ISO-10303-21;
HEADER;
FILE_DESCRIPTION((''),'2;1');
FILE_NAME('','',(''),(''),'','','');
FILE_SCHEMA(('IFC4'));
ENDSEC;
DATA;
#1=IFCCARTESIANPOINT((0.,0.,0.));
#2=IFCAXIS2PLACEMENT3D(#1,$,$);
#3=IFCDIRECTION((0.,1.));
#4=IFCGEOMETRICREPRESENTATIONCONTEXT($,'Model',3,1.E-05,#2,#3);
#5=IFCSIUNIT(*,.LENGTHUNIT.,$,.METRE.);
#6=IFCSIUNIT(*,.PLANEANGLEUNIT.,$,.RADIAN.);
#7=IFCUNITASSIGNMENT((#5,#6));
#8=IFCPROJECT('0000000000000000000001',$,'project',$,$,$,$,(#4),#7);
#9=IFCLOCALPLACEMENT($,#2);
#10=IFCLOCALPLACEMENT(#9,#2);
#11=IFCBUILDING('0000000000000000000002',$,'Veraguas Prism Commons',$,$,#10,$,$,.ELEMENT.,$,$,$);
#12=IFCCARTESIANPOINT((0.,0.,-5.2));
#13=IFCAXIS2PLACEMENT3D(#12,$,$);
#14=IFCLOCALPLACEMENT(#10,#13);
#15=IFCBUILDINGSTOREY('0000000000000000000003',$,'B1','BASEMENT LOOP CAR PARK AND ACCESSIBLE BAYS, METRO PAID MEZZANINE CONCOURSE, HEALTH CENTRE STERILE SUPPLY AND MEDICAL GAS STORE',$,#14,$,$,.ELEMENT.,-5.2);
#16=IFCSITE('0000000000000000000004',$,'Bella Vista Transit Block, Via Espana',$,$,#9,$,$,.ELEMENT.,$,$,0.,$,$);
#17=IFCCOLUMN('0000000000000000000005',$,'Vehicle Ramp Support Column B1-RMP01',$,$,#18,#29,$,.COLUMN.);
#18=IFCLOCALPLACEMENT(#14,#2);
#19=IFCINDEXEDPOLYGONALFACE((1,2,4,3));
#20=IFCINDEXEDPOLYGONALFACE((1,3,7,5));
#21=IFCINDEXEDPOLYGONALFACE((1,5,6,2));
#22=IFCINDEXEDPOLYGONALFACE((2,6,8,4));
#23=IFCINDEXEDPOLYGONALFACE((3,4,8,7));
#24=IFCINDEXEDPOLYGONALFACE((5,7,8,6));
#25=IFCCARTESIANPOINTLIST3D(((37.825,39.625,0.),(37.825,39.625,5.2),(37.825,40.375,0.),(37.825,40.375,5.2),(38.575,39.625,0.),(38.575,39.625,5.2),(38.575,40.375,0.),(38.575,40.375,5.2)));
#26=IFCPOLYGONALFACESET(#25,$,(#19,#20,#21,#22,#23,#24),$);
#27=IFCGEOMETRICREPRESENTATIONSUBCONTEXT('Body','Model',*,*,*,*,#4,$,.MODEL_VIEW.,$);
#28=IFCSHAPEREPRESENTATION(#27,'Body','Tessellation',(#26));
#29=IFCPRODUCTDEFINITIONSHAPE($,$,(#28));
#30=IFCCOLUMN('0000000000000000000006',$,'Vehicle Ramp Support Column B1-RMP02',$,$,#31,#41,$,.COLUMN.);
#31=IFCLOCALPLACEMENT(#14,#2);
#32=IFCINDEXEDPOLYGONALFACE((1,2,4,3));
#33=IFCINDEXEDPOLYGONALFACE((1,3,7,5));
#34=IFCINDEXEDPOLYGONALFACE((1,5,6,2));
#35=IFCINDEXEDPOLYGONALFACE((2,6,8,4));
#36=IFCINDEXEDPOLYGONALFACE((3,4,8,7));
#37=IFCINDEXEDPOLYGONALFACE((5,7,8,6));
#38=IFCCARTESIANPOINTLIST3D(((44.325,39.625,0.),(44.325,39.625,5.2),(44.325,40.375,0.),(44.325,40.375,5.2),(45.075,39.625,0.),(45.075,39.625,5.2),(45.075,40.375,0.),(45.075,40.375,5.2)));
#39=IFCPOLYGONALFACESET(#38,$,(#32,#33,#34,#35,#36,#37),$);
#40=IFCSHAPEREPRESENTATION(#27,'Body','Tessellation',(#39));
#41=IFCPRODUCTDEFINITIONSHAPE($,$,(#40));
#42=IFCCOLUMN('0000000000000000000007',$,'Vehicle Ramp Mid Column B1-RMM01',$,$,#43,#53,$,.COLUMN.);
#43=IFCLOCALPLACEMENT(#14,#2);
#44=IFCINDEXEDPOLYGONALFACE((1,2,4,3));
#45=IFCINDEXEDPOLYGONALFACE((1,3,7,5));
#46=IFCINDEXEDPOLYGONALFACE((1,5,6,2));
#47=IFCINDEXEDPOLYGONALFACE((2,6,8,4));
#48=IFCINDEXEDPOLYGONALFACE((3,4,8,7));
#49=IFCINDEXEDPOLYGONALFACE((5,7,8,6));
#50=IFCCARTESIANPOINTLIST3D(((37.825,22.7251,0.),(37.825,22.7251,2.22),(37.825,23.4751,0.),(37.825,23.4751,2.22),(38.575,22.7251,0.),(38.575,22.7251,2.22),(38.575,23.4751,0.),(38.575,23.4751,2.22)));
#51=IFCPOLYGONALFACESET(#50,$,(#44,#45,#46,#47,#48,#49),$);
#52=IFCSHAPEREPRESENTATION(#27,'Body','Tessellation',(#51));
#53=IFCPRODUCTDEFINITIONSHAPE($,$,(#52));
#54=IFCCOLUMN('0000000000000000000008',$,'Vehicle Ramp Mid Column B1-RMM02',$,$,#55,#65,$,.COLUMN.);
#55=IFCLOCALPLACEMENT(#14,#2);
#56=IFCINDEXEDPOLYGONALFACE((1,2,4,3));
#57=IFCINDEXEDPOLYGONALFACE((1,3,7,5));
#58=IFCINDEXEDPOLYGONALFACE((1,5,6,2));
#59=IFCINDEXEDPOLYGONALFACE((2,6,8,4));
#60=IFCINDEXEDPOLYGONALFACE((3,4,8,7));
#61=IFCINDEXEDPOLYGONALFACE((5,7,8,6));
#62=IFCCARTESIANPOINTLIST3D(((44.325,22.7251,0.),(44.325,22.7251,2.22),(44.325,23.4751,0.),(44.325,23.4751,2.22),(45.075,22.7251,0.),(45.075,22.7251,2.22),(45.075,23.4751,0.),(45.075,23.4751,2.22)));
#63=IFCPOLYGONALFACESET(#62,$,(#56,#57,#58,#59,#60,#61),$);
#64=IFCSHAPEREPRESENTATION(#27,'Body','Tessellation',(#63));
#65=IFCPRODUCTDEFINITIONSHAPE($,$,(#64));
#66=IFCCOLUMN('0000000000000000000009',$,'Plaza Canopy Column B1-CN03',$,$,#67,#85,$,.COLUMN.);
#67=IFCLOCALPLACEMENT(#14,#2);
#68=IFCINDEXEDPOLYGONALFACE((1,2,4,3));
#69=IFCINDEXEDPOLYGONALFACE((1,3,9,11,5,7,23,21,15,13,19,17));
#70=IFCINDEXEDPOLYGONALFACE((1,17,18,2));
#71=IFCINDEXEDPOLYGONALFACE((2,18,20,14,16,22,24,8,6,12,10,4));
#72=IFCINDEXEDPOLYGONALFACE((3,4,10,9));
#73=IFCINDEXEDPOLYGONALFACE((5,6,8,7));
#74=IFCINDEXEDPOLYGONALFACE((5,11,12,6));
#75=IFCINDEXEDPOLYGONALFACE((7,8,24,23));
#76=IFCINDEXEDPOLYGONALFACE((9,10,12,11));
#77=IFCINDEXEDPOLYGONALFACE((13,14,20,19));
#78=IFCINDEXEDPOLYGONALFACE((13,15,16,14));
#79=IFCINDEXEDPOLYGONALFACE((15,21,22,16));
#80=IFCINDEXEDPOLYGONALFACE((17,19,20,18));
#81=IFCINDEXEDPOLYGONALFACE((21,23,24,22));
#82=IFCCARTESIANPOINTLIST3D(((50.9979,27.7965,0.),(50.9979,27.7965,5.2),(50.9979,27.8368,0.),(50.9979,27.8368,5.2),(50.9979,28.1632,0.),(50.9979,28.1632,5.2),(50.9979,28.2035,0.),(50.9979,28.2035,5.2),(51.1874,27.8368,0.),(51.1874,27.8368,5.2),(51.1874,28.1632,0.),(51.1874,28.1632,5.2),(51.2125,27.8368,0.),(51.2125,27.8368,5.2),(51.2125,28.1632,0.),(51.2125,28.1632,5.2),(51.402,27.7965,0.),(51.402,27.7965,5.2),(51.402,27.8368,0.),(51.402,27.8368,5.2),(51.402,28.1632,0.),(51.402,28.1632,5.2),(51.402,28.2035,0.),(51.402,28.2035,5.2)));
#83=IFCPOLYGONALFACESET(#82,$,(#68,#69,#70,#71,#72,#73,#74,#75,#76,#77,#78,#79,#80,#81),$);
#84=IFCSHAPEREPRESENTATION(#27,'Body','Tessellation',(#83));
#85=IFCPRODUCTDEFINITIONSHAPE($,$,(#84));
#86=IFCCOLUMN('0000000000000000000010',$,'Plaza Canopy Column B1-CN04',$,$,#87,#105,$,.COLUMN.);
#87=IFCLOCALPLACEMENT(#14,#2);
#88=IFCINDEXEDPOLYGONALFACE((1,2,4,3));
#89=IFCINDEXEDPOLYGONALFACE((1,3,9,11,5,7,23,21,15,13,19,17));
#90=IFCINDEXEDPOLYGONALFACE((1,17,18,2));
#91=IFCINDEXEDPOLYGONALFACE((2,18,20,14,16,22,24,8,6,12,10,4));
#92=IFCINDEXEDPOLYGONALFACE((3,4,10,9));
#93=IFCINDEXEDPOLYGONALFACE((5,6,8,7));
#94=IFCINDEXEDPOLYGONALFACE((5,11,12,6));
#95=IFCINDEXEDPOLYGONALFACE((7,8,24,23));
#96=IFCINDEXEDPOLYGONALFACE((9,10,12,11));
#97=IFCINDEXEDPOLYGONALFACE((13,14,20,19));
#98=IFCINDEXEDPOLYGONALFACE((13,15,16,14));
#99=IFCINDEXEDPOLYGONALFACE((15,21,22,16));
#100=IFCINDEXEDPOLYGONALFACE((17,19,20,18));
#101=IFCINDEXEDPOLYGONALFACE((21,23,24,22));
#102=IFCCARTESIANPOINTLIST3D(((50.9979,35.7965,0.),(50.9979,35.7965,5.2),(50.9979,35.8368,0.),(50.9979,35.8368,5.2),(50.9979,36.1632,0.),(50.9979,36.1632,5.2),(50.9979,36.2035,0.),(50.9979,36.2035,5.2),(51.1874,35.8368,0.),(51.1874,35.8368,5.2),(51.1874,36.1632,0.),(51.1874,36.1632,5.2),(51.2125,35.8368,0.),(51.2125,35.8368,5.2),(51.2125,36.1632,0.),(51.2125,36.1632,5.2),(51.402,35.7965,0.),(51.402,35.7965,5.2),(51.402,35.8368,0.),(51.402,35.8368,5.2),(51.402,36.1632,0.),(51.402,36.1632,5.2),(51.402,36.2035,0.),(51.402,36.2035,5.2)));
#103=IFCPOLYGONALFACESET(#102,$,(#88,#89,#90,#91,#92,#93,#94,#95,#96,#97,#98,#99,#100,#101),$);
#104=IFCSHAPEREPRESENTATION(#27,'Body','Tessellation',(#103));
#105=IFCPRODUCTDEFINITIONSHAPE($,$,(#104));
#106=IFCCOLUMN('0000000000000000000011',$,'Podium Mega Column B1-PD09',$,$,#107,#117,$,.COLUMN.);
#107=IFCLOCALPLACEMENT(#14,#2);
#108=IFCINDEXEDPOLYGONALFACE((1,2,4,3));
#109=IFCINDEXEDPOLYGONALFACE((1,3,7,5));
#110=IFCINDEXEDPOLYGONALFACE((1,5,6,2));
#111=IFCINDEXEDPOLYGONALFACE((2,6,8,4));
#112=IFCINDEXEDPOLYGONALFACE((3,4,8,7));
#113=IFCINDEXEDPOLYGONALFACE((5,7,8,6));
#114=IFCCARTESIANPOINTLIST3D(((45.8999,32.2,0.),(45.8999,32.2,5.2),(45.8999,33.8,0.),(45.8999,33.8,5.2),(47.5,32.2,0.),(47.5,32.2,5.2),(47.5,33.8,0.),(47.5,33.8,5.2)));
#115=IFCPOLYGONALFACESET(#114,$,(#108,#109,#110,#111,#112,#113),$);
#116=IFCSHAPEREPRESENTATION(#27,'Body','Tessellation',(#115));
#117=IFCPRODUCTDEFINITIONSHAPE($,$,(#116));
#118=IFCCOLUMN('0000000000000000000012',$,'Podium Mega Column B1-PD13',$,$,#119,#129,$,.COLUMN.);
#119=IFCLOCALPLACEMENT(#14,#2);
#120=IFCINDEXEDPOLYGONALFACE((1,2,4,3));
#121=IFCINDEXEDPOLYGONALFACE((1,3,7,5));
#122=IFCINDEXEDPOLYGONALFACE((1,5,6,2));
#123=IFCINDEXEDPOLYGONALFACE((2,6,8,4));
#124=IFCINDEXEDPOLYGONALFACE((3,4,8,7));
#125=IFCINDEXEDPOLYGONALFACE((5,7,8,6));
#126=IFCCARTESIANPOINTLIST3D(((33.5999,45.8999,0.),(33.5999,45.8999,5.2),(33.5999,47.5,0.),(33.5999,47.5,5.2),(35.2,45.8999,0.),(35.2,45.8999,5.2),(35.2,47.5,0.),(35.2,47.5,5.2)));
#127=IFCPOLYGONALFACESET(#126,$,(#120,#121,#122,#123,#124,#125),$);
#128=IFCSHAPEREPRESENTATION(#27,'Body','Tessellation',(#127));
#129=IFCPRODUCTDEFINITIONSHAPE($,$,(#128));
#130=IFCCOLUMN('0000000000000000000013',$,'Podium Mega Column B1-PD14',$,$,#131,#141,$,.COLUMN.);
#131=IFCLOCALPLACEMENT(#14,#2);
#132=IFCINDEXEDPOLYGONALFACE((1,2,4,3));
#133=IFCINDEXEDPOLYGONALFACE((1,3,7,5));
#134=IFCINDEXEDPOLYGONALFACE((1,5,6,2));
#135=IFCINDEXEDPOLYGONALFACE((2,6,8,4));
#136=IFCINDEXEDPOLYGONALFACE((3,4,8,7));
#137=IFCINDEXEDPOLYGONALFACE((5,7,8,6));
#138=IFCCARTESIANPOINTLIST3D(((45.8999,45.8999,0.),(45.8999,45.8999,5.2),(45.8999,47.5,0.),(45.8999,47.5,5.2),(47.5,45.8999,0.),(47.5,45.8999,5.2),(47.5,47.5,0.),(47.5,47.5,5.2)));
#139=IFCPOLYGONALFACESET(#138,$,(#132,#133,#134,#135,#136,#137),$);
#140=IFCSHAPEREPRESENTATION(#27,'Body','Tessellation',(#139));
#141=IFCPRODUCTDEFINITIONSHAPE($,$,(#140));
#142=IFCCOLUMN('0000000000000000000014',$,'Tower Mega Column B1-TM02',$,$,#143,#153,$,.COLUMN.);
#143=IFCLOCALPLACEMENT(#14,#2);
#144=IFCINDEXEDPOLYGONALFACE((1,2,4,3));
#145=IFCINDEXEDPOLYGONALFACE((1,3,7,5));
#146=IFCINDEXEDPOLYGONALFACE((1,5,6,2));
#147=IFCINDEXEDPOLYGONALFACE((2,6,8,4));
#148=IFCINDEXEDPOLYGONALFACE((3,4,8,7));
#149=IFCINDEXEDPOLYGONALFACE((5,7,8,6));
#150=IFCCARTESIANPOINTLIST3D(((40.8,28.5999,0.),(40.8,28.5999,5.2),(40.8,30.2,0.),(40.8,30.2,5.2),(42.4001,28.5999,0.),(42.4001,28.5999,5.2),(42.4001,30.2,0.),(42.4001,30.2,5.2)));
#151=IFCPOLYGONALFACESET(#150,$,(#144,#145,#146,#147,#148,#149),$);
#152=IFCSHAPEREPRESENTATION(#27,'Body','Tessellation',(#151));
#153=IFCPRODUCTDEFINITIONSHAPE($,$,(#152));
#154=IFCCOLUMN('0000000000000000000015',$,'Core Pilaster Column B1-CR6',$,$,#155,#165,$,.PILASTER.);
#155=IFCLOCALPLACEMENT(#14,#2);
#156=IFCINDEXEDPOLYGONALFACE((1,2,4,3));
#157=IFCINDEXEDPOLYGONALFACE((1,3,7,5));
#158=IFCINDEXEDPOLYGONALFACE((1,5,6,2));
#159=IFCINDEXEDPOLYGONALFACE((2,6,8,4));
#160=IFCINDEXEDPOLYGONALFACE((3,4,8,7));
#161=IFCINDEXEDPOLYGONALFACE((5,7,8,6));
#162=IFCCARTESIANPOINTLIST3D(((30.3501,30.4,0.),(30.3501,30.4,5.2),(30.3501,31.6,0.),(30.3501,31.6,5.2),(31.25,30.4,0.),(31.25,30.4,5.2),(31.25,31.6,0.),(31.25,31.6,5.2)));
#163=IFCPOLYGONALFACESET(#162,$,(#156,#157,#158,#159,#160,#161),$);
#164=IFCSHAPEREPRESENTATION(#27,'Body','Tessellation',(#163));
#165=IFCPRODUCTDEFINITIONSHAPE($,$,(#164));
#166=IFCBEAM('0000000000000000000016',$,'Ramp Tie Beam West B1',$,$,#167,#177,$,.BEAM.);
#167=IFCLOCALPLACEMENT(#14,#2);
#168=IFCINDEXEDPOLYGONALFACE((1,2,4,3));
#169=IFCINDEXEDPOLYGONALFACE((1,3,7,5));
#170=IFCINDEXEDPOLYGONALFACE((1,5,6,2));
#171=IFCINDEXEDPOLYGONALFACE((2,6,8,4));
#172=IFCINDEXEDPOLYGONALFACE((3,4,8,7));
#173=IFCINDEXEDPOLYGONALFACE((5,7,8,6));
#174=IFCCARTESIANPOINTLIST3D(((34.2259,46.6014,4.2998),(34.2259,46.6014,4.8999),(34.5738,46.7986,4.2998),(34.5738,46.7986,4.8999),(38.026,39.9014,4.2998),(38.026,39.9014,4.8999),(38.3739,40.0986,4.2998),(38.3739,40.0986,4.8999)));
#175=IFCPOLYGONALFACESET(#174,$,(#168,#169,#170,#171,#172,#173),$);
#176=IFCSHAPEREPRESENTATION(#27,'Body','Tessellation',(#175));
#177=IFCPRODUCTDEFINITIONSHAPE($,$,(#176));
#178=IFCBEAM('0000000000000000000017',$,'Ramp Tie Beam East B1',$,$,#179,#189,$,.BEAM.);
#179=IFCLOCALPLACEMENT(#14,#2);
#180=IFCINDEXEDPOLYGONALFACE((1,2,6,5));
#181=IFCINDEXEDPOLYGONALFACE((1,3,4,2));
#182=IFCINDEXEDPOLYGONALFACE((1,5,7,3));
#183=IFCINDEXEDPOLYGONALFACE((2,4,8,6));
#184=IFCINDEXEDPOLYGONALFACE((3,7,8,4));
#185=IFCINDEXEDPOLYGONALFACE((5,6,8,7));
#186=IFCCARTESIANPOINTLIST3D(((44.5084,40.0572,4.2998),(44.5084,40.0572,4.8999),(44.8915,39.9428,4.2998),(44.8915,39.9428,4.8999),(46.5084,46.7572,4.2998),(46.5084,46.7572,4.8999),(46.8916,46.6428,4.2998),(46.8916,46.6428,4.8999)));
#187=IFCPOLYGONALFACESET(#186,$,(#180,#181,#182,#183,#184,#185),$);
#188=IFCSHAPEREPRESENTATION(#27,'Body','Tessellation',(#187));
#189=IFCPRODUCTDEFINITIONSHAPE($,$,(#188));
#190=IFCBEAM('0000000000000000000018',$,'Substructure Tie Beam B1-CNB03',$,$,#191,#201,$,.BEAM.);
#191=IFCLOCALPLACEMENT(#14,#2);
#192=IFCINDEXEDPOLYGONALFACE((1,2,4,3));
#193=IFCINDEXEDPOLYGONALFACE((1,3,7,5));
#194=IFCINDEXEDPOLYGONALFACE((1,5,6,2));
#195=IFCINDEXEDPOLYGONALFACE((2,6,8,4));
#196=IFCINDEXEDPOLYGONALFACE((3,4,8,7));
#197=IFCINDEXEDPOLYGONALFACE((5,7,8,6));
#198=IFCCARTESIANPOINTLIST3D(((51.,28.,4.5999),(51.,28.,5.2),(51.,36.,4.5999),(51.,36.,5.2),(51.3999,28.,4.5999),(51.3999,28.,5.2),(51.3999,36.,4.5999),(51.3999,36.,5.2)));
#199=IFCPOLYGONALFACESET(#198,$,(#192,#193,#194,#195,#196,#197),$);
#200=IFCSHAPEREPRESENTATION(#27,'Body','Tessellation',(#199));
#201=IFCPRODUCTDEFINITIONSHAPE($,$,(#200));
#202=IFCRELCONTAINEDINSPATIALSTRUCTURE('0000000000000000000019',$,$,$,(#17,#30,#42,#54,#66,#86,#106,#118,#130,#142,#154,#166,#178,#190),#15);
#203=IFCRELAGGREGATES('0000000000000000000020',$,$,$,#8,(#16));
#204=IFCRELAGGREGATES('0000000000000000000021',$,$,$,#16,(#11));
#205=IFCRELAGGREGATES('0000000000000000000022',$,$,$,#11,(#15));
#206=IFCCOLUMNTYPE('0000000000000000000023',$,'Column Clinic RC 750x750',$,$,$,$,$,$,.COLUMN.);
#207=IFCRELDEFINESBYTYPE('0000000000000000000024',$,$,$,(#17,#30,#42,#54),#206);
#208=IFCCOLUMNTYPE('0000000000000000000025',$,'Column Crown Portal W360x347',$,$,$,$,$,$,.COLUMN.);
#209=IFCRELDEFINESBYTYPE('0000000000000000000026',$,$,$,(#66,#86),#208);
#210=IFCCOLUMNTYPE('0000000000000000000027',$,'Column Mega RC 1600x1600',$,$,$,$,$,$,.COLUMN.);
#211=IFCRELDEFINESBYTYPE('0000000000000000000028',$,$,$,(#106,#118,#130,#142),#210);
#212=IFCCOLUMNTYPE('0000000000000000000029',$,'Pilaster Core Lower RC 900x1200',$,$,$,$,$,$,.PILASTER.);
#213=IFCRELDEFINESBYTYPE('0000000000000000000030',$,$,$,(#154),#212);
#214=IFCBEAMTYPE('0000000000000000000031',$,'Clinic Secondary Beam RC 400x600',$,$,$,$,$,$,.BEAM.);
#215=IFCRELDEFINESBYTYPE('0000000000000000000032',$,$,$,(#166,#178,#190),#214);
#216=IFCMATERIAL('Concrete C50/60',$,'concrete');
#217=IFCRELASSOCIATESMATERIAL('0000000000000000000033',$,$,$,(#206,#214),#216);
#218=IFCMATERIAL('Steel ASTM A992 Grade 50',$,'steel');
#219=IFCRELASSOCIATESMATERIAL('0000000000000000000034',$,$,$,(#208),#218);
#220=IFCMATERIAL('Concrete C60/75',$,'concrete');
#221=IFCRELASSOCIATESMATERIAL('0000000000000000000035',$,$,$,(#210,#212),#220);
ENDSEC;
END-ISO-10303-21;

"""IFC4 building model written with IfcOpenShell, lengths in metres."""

from ifc_helpers import new_model, si_unit, direction, frame, origin, origin_2d, place, context, subcontext, project, spatial, rectangle, i_section, extrude, material, material_profile, profile_set, type_object, element, save


model = new_model("IFC4")

# Units and contexts
model_context = context("Model", 3, precision=1e-05, world=origin(), true_north=direction((0.0, 1.0)))
body_context = subcontext(model_context, "Body", "Model", "MODEL_VIEW")
ifc_project = project(units=[si_unit("LENGTHUNIT", "METRE"), si_unit("PLANEANGLEUNIT", "RADIAN")], contexts=[model_context])

# Site, building, storey
site_placement = place(None, origin())
site = spatial("IfcSite", under=ifc_project, at=site_placement, Name="Bella Vista Transit Block, Via Espana", CompositionType="ELEMENT", RefElevation=0.0)
building_placement = place(site_placement, origin())
building = spatial("IfcBuilding", under=site, at=building_placement, Name="Veraguas Prism Commons", CompositionType="ELEMENT")
storey_placement = place(building_placement, frame((0.0, 0.0, -5.2)))
storey = spatial("IfcBuildingStorey", under=building, at=storey_placement, Name="B1", Description="BASEMENT LOOP CAR PARK AND ACCESSIBLE BAYS, METRO PAID MEZZANINE CONCOURSE, HEALTH CENTRE STERILE SUPPLY AND MEDICAL GAS STORE", CompositionType="ELEMENT", Elevation=-5.2)

# Columns
ifc_material_1 = material(Name="Concrete C50/60", Category="concrete")
ifc_material_profile_1 = material_profile(ifc_material_1, rectangle(XDim=0.75, YDim=0.75, at=origin_2d()), Name="RC750X750")
ifc_profile_set_1 = profile_set([ifc_material_profile_1], Name="Concrete C50/60")
column_type_1 = type_object("IfcColumnType", Name="Column Clinic RC 750x750", PredefinedType="COLUMN", material=ifc_profile_set_1)
for number, where, z_axis, x_axis, name in (
    (1, (38.2, 40.0, 0.0), (0.0, 0.0, 1.0), (1.0, 0.0, 0.0), "Vehicle Ramp Support Column B1-RMP01"),
    (2, (44.7, 40.0, 0.0), (0.0, 0.0, 1.0), (1.0, 0.0, 0.0), "Vehicle Ramp Support Column B1-RMP02"),
):
    element("IfcColumn", number, at=place(storey_placement, frame(where, z_axis=z_axis, x_axis=x_axis)), inside=storey, type_object=column_type_1, Name=name, PredefinedType="COLUMN", context=body_context, shape_type="SweptSolid", body=[
        extrude(rectangle(XDim=0.75, YDim=0.75, at=origin_2d()), origin(), (0.0, 0.0, 1.0), 5.2),
    ])
for number, where, z_axis, x_axis, name in (
    (3, (38.2, 23.1001, 0.0), (0.0, 0.0, 1.0), (1.0, 0.0, 0.0), "Vehicle Ramp Mid Column B1-RMM01"),
    (4, (44.7, 23.1001, 0.0), (0.0, 0.0, 1.0), (1.0, 0.0, 0.0), "Vehicle Ramp Mid Column B1-RMM02"),
):
    element("IfcColumn", number, at=place(storey_placement, frame(where, z_axis=z_axis, x_axis=x_axis)), inside=storey, type_object=column_type_1, Name=name, PredefinedType="COLUMN", context=body_context, shape_type="SweptSolid", body=[
        extrude(rectangle(XDim=0.75, YDim=0.75, at=origin_2d()), origin(), (0.0, 0.0, 1.0), 2.22),
    ])
ifc_material_2 = material(Name="Steel ASTM A992 Grade 50", Category="steel")
ifc_material_profile_2 = material_profile(ifc_material_2, i_section(OverallWidth=0.4041, OverallDepth=0.407, WebThickness=0.0251, FlangeThickness=0.0403, at=origin_2d()), Name="W360X347")
ifc_profile_set_2 = profile_set([ifc_material_profile_2], Name="Steel ASTM A992 Grade 50")
column_type_2 = type_object("IfcColumnType", Name="Column Crown Portal W360x347", PredefinedType="COLUMN", material=ifc_profile_set_2)
for number, where, z_axis, x_axis, name in (
    (5, (51.2, 28.0, 0.0), (0.0, 0.0, 1.0), (1.0, 0.0, 0.0), "Plaza Canopy Column B1-CN03"),
    (6, (51.2, 36.0, 0.0), (0.0, 0.0, 1.0), (1.0, 0.0, 0.0), "Plaza Canopy Column B1-CN04"),
):
    element("IfcColumn", number, at=place(storey_placement, frame(where, z_axis=z_axis, x_axis=x_axis)), inside=storey, type_object=column_type_2, Name=name, PredefinedType="COLUMN", context=body_context, shape_type="SweptSolid", body=[
        extrude(i_section(OverallWidth=0.4041, OverallDepth=0.407, WebThickness=0.0251, FlangeThickness=0.0403, at=origin_2d()), origin(), (0.0, 0.0, 1.0), 5.2),
    ])
ifc_material_3 = material(Name="Concrete C60/75", Category="concrete")
ifc_material_profile_3 = material_profile(ifc_material_3, rectangle(XDim=1.6001, YDim=1.6001, at=origin_2d()), Name="RC1600X1600")
ifc_profile_set_3 = profile_set([ifc_material_profile_3], Name="Concrete C60/75")
column_type_3 = type_object("IfcColumnType", Name="Column Mega RC 1600x1600", PredefinedType="COLUMN", material=ifc_profile_set_3)
for number, where, z_axis, x_axis, name in (
    (7, (46.7, 33.0, 0.0), (0.0, 0.0, 1.0), (1.0, 0.0, 0.0), "Podium Mega Column B1-PD09"),
    (8, (34.3999, 46.7, 0.0), (0.0, 0.0, 1.0), (1.0, 0.0, 0.0), "Podium Mega Column B1-PD13"),
    (9, (46.7, 46.7, 0.0), (0.0, 0.0, 1.0), (1.0, 0.0, 0.0), "Podium Mega Column B1-PD14"),
    (10, (41.6001, 29.3999, 0.0), (0.0, 0.0, 1.0), (1.0, 0.0, 0.0), "Tower Mega Column B1-TM02"),
):
    element("IfcColumn", number, at=place(storey_placement, frame(where, z_axis=z_axis, x_axis=x_axis)), inside=storey, type_object=column_type_3, Name=name, PredefinedType="COLUMN", context=body_context, shape_type="SweptSolid", body=[
        extrude(rectangle(XDim=1.6001, YDim=1.6001, at=origin_2d()), origin(), (0.0, 0.0, 1.0), 5.2),
    ])
ifc_material_profile_4 = material_profile(ifc_material_3, rectangle(XDim=0.8999, YDim=1.2, at=origin_2d()), Name="RC900X1200")
ifc_profile_set_4 = profile_set([ifc_material_profile_4], Name="Concrete C60/75")
column_type_4 = type_object("IfcColumnType", Name="Pilaster Core Lower RC 900x1200", PredefinedType="PILASTER", material=ifc_profile_set_4)
column_placement = place(storey_placement, frame((30.8, 31.0, 0.0), z_axis=(0.0, 0.0, 1.0), x_axis=(1.0, 0.0, 0.0)))
element("IfcColumn", 11, at=column_placement, inside=storey, type_object=column_type_4, Name="Core Pilaster Column B1-CR6", PredefinedType="PILASTER", context=body_context, shape_type="SweptSolid", body=[
    extrude(rectangle(XDim=0.8999, YDim=1.2, at=origin_2d()), origin(), (0.0, 0.0, 1.0), 5.2),
])

# Beams
ifc_material_profile_5 = material_profile(ifc_material_1, rectangle(XDim=0.3999, YDim=0.6001, at=origin_2d()), Name="RC400X600")
ifc_profile_set_5 = profile_set([ifc_material_profile_5], Name="Concrete C50/60")
beam_type_1 = type_object("IfcBeamType", Name="Clinic Secondary Beam RC 400x600", PredefinedType="BEAM", material=ifc_profile_set_5)
beam_1_placement = place(storey_placement, frame((38.2, 40.0, 4.5999), z_axis=(-0.493348, 0.869832, 0.0), x_axis=(-0.869832, -0.493348, 0.0)))
element("IfcBeam", 12, at=beam_1_placement, inside=storey, type_object=beam_type_1, Name="Ramp Tie Beam West B1", PredefinedType="BEAM", context=body_context, shape_type="SweptSolid", body=[
    extrude(rectangle(XDim=0.3999, YDim=0.6001, at=origin_2d()), origin(), (0.0, 0.0, 1.0), 7.7026),
])
beam_2_placement = place(storey_placement, frame((44.7, 40.0, 4.5999), z_axis=(0.286037, 0.958218, 0.0), x_axis=(-0.958218, 0.286037, 0.0)))
element("IfcBeam", 13, at=beam_2_placement, inside=storey, type_object=beam_type_1, Name="Ramp Tie Beam East B1", PredefinedType="BEAM", context=body_context, shape_type="SweptSolid", body=[
    extrude(rectangle(XDim=0.3999, YDim=0.6001, at=origin_2d()), origin(), (0.0, 0.0, 1.0), 6.9922),
])
beam_3_placement = place(storey_placement, frame((51.2, 28.0, 4.8999), z_axis=(0.0, 1.0, 0.0), x_axis=(-1.0, 0.0, 0.0)))
element("IfcBeam", 14, at=beam_3_placement, inside=storey, type_object=beam_type_1, Name="Substructure Tie Beam B1-CNB03", PredefinedType="BEAM", context=body_context, shape_type="SweptSolid", body=[
    extrude(rectangle(XDim=0.3999, YDim=0.6001, at=origin_2d()), origin(), (0.0, 0.0, 1.0), 8.0),
])

save(model, "model.ifc")
